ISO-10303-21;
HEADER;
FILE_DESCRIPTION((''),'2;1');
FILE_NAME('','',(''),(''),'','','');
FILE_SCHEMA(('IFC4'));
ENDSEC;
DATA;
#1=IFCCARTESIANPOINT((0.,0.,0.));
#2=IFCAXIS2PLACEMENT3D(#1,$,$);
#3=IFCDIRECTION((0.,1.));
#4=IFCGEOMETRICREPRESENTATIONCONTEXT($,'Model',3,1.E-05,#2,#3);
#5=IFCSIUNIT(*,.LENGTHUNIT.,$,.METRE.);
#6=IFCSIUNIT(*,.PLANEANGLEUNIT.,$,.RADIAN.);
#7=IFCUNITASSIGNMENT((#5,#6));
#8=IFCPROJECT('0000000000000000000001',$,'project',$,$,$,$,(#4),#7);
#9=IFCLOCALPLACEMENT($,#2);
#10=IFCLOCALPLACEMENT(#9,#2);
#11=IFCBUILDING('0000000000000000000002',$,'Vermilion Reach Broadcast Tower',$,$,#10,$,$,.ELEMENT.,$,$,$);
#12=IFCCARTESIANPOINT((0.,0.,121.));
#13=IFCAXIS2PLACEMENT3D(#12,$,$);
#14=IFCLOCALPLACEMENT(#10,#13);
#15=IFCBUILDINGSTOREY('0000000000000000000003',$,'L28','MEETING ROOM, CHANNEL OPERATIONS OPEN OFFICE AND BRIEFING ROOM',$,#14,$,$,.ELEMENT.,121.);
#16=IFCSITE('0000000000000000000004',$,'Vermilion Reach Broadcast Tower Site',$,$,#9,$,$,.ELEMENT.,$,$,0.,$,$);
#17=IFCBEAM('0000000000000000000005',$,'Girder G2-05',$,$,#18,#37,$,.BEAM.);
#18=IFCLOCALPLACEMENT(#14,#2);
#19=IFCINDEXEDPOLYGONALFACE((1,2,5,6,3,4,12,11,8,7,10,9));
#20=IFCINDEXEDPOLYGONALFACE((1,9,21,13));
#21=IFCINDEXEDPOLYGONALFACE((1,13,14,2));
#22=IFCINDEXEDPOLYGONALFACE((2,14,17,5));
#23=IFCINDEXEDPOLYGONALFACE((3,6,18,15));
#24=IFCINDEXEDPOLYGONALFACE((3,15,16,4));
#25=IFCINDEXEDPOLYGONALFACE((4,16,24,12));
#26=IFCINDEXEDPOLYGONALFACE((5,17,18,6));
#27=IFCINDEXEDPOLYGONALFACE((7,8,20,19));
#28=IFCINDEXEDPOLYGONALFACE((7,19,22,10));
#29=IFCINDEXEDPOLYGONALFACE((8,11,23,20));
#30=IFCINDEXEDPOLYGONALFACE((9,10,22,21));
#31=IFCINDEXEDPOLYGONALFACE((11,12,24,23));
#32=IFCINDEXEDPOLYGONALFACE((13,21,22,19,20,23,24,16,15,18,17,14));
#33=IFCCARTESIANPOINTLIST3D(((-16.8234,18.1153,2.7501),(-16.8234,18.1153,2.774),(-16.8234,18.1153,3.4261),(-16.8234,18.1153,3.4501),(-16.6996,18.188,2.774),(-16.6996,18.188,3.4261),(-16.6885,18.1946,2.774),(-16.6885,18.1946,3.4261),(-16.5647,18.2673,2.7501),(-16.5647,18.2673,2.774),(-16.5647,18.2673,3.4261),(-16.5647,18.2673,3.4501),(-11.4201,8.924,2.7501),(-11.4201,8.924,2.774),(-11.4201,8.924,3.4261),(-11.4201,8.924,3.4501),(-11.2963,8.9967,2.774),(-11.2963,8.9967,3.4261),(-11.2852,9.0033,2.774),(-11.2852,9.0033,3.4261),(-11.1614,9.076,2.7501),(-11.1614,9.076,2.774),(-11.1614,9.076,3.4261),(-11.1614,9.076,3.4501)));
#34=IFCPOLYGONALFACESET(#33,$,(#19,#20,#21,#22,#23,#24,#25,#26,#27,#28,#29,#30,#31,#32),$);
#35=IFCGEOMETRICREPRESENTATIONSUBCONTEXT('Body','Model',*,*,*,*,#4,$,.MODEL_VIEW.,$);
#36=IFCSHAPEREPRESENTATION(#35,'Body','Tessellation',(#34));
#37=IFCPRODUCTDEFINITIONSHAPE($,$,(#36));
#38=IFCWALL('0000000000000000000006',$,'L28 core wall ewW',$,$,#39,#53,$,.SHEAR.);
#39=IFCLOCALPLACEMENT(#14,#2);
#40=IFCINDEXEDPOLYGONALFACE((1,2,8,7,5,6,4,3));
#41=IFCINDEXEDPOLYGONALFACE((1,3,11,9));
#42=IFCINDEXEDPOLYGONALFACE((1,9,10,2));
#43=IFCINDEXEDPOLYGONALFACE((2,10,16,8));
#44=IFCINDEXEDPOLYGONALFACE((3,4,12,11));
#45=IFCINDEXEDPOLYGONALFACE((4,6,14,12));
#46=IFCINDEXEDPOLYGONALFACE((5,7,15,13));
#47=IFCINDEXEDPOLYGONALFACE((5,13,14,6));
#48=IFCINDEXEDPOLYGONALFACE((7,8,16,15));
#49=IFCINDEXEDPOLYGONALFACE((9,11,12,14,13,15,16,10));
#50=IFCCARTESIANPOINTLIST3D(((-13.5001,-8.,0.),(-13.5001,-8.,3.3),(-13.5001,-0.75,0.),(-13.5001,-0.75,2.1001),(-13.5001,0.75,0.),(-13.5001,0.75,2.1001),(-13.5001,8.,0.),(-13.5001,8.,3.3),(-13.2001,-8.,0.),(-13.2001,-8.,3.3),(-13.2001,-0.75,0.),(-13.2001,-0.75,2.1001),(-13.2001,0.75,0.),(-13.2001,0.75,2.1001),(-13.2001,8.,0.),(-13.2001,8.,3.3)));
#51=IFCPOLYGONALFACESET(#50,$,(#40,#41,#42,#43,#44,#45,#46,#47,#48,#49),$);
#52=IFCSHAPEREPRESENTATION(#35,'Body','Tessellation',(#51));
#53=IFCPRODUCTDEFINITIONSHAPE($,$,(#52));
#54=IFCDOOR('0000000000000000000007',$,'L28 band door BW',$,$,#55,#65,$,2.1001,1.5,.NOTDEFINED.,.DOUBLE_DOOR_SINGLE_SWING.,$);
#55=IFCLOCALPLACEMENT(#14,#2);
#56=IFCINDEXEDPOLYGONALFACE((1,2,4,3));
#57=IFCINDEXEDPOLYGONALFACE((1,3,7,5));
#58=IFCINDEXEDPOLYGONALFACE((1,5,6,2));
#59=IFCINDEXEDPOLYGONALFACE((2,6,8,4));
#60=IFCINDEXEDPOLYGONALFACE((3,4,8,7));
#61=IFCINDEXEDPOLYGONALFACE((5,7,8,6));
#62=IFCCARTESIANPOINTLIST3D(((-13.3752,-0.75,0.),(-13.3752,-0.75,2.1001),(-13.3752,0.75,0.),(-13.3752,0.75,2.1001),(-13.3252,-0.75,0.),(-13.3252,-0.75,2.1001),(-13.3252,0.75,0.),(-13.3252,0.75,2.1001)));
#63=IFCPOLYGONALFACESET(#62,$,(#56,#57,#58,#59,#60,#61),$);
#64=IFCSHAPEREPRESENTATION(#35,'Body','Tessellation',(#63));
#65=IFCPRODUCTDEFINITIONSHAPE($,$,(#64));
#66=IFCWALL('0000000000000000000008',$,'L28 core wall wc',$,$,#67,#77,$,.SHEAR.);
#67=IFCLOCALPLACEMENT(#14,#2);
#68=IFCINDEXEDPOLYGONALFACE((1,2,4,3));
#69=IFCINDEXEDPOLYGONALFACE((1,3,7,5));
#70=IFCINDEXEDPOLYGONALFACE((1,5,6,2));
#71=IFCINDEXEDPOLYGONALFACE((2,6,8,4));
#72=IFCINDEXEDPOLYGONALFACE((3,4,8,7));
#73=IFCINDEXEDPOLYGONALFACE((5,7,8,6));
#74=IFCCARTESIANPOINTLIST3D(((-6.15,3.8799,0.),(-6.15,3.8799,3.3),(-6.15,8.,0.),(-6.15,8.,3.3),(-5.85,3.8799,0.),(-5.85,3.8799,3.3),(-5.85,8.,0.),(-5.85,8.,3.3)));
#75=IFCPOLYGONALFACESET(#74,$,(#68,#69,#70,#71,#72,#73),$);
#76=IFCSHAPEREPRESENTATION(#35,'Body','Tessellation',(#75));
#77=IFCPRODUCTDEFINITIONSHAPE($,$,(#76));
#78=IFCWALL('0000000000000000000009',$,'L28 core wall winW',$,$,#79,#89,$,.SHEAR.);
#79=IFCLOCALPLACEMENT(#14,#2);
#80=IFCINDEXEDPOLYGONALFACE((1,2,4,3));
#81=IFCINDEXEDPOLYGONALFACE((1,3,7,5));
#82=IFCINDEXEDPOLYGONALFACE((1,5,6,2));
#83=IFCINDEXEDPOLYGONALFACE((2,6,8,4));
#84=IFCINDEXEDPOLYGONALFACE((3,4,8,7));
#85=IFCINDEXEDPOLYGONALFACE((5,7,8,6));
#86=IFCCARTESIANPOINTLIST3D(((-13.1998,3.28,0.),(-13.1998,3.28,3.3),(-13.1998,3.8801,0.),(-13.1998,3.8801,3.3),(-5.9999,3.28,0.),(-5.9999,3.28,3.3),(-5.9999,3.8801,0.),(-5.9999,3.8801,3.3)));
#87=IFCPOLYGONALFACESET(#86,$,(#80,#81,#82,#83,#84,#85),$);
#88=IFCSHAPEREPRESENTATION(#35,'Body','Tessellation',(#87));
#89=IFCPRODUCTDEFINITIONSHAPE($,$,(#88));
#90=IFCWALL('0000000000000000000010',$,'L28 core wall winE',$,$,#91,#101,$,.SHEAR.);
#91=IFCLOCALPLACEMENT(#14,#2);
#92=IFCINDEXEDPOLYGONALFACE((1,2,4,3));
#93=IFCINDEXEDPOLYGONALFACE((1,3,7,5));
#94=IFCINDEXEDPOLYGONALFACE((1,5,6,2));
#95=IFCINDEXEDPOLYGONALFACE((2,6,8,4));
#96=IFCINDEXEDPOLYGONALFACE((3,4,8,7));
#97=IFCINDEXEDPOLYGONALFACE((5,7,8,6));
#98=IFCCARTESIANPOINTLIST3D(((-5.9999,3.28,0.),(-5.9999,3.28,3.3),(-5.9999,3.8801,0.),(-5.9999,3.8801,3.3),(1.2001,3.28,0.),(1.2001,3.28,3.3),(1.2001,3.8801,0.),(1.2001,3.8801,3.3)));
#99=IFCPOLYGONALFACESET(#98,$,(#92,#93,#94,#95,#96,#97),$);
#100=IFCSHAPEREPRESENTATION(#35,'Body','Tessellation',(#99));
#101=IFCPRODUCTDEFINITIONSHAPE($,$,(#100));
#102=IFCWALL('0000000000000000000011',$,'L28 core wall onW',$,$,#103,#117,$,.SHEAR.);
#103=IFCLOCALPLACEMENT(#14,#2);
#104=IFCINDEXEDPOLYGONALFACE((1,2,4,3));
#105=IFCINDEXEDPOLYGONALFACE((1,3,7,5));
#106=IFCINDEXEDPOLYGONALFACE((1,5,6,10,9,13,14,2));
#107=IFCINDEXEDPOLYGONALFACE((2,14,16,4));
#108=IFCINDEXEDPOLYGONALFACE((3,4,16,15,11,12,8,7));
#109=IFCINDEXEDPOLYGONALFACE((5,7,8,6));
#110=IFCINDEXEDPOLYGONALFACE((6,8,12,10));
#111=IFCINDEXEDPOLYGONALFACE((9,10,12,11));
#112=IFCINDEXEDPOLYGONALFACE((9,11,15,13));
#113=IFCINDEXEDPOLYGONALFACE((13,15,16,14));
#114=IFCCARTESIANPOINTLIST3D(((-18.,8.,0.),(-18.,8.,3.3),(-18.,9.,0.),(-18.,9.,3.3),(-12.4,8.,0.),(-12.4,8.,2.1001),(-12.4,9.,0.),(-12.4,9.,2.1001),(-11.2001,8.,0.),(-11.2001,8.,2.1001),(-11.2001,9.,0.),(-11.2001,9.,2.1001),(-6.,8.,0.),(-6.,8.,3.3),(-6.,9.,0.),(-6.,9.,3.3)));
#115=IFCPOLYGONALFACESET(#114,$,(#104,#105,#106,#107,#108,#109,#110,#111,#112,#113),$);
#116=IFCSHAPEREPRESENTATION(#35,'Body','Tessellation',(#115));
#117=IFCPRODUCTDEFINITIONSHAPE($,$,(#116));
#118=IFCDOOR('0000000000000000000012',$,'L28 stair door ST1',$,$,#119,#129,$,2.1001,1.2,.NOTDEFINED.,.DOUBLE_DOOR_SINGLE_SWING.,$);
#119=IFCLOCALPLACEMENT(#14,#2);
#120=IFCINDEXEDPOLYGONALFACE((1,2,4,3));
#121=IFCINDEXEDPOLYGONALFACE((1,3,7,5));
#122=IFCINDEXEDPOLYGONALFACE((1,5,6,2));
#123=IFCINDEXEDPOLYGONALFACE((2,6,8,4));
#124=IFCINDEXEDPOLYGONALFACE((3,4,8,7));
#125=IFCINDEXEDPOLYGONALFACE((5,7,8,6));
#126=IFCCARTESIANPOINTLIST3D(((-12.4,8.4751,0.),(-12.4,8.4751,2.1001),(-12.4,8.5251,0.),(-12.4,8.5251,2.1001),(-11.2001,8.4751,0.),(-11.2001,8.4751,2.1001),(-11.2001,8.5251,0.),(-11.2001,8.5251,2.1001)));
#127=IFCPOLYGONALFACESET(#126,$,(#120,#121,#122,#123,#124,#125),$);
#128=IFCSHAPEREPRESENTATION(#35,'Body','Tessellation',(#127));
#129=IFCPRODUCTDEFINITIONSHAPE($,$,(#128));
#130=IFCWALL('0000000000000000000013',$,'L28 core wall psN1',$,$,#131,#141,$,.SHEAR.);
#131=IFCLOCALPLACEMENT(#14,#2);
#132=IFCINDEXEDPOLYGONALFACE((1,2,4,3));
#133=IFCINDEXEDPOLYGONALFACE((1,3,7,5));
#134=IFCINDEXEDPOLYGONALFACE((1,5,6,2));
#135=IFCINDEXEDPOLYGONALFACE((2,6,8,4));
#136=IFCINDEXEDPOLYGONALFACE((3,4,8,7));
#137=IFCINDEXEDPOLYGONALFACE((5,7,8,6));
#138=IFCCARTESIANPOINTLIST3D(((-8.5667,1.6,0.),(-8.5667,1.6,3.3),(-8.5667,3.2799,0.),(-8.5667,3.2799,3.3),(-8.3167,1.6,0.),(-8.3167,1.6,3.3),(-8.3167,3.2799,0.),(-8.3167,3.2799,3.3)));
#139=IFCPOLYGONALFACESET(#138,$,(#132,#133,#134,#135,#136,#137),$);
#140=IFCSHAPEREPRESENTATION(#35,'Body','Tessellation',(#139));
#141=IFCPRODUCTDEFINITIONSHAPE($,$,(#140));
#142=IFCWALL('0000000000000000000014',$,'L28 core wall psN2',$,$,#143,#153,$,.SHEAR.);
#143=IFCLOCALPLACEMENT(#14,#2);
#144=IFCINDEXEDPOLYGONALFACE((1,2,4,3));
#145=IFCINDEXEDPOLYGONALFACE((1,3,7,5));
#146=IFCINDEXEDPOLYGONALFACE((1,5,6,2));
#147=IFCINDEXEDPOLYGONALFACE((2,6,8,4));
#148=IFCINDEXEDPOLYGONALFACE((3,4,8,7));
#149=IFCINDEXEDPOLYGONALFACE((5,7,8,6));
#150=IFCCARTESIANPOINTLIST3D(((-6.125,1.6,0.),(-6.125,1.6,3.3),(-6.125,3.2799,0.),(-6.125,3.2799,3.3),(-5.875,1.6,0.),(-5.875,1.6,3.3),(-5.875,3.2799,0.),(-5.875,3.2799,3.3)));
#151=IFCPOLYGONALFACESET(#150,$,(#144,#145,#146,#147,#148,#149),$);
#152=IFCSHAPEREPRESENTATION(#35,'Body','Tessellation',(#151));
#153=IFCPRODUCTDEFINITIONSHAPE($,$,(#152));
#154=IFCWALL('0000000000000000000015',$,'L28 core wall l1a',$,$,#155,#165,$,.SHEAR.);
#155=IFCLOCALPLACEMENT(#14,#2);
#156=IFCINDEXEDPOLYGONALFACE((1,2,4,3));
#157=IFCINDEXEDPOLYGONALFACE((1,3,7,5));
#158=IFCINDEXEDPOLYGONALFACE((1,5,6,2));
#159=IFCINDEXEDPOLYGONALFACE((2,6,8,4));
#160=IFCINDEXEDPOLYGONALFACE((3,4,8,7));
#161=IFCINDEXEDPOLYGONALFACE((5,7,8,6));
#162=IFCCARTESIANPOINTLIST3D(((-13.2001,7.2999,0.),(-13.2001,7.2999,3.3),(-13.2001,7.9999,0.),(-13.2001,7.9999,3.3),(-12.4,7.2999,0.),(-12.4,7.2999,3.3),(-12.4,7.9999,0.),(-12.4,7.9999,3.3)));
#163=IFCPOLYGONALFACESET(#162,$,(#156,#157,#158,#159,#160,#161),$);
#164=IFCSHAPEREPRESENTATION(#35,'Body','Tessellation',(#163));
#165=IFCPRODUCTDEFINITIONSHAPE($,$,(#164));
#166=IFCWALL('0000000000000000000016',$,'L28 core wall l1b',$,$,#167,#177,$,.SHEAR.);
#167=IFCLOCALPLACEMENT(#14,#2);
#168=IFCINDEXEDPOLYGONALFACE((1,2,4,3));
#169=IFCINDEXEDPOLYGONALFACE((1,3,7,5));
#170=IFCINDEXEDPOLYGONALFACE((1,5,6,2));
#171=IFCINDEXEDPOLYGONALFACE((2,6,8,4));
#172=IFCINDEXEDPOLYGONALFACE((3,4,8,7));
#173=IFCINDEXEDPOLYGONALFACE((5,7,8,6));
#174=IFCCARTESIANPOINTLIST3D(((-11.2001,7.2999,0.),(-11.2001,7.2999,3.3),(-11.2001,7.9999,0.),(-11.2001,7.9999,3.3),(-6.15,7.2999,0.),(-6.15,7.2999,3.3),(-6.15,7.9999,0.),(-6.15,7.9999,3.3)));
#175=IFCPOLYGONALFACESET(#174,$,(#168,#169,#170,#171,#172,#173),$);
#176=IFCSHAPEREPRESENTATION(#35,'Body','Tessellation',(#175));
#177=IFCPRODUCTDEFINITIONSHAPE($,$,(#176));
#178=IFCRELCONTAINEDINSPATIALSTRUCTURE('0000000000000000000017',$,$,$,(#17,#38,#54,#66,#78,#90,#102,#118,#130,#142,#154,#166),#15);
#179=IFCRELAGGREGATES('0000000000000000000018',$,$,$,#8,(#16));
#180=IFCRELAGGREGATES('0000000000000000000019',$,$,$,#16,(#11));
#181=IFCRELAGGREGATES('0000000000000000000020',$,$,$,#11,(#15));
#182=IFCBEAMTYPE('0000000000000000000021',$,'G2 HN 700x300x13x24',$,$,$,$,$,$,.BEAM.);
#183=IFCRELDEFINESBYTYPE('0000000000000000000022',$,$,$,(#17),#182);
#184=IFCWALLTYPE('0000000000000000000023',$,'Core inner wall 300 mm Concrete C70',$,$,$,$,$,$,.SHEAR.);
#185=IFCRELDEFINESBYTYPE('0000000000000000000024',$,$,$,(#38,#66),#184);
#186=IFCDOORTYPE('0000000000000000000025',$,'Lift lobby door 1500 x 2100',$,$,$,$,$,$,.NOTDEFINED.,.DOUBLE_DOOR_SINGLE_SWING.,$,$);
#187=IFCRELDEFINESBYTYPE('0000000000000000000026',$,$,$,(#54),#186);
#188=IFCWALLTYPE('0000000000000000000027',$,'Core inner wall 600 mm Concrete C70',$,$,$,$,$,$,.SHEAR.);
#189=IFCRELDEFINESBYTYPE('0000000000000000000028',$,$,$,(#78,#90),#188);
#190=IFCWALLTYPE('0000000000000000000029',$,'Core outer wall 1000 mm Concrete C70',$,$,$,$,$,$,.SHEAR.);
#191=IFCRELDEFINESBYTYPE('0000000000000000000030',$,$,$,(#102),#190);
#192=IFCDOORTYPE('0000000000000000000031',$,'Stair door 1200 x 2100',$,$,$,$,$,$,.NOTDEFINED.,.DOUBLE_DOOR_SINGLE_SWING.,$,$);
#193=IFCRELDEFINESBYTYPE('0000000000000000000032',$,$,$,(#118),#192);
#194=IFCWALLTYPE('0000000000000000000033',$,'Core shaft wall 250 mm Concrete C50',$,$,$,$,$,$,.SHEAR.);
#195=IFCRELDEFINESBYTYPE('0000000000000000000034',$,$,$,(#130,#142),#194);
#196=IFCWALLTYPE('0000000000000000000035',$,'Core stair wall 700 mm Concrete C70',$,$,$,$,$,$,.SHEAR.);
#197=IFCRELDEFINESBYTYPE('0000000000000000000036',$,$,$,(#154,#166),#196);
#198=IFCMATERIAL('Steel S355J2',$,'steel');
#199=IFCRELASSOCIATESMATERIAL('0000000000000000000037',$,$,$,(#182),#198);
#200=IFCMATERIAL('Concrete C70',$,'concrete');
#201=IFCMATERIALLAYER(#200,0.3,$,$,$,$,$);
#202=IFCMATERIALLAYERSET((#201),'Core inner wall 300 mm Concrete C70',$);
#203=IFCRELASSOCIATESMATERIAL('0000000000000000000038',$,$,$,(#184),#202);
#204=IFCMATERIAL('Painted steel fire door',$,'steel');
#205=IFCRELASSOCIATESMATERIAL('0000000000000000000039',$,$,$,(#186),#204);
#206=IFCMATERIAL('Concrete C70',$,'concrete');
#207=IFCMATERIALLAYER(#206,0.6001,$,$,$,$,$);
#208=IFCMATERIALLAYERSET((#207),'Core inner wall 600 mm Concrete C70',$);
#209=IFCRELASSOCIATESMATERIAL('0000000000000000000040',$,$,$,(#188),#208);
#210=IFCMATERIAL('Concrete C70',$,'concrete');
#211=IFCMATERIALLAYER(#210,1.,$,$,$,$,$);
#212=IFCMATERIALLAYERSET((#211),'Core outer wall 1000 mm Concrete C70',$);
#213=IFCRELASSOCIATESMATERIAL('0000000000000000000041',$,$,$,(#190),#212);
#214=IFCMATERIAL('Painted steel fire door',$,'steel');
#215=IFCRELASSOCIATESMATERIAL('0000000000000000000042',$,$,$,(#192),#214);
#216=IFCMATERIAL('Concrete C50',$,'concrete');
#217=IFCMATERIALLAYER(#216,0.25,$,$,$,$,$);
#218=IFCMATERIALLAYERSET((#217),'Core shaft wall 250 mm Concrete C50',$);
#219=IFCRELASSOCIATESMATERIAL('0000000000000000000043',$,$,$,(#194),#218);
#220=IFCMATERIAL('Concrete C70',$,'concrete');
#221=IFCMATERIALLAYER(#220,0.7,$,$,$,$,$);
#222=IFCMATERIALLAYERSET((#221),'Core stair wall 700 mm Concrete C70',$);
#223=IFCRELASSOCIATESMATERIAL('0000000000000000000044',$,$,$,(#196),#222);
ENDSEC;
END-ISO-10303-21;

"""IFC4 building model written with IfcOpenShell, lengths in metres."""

from ifc_helpers import new_model, si_unit, direction, frame, frame_2d, origin, origin_2d, place, context, subcontext, project, spatial, rectangle, i_section, extrude, material, layer, layer_set, material_profile, profile_set, type_object, element, fill, save


model = new_model("IFC4")

# Units and contexts
model_context = context("Model", 3, precision=1e-05, world=origin(), true_north=direction((0.0, 1.0)))
body_context = subcontext(model_context, "Body", "Model", "MODEL_VIEW")
ifc_project = project(units=[si_unit("LENGTHUNIT", "METRE"), si_unit("PLANEANGLEUNIT", "RADIAN")], contexts=[model_context])

# Site, building, storey
site_placement = place(None, origin())
site = spatial("IfcSite", under=ifc_project, at=site_placement, Name="Vermilion Reach Broadcast Tower Site", CompositionType="ELEMENT", RefElevation=0.0)
building_placement = place(site_placement, origin())
building = spatial("IfcBuilding", under=site, at=building_placement, Name="Vermilion Reach Broadcast Tower", CompositionType="ELEMENT")
storey_placement = place(building_placement, frame((0.0, 0.0, 121.0)))
storey = spatial("IfcBuildingStorey", under=building, at=storey_placement, Name="L28", Description="MEETING ROOM, CHANNEL OPERATIONS OPEN OFFICE AND BRIEFING ROOM", CompositionType="ELEMENT", Elevation=121.0)

# Beam
ifc_material_1 = material(Name="Steel S355J2", Category="steel")
ifc_material_profile = material_profile(ifc_material_1, i_section(OverallWidth=0.3, OverallDepth=0.7, WebThickness=0.0129, FlangeThickness=0.0239, at=origin_2d()), Name="S355J2 HN 700x300x13x24")
ifc_profile_set = profile_set([ifc_material_profile], Name="Steel S355J2")
beam_type = type_object("IfcBeamType", Name="G2 HN 700x300x13x24", PredefinedType="BEAM", material=ifc_profile_set)
beam_placement = place(storey_placement, frame((-11.2908, 9.0, 3.1001), z_axis=(-0.506784, 0.862073, 0.0), x_axis=(-0.862073, -0.506784, 0.0)))
element("IfcBeam", 1, at=beam_placement, inside=storey, type_object=beam_type, Name="Girder G2-05", PredefinedType="BEAM", context=body_context, shape_type="SweptSolid", body=[
    extrude(i_section(OverallWidth=0.3, OverallDepth=0.7, WebThickness=0.0129, FlangeThickness=0.0239, at=origin_2d()), origin(), (0.0, 0.0, 1.0), 10.6619),
])

# Wall, opening, door
ifc_material_2 = material(Name="Concrete C70", Category="concrete")
ifc_layer_1 = layer(ifc_material_2, 0.3)
ifc_layer_set_1 = layer_set([ifc_layer_1], Name="Core inner wall 300 mm Concrete C70")
wall_type_1 = type_object("IfcWallType", Name="Core inner wall 300 mm Concrete C70", PredefinedType="SHEAR", material=ifc_layer_set_1)
wall_1_placement = place(storey_placement, frame((-13.3501, 8.0, 0.0), z_axis=(0.0, 0.0, 1.0), x_axis=(0.0, -1.0, 0.0)))
wall_1 = element("IfcWall", 2, at=wall_1_placement, inside=storey, type_object=wall_type_1, Name="L28 core wall ewW", PredefinedType="SHEAR", context=body_context, shape_type="SweptSolid", body=[
    extrude(rectangle(XDim=16.0, YDim=0.3, at=frame_2d((8.0, 0.0))), origin(), (0.0, 0.0, 1.0), 3.3),
])
opening_1_placement = place(wall_1_placement, frame((7.25, 0.0, 0.0)))
opening_1 = element("IfcOpeningElement", 3, at=opening_1_placement, cuts=wall_1, PredefinedType="OPENING", context=body_context, shape_type="SweptSolid", body=[
    extrude(rectangle(XDim=1.5, YDim=2.1001, at=frame_2d((0.75, 1.05))), frame((0.0, 0.1599, 0.0), z_axis=(0.0, -1.0, 0.0), x_axis=(1.0, 0.0, 0.0)), (0.0, 0.0, 1.0), 0.3201),
])
ifc_material_3 = material(Name="Painted steel fire door", Category="steel")
door_type_1 = type_object("IfcDoorType", Name="Lift lobby door 1500 x 2100", OperationType="DOUBLE_DOOR_SINGLE_SWING", PredefinedType="NOTDEFINED", material=ifc_material_3)
door_1_placement = place(opening_1_placement, origin())
door_1 = element("IfcDoor", 4, at=door_1_placement, inside=storey, type_object=door_type_1, Name="L28 band door BW", OperationType="DOUBLE_DOOR_SINGLE_SWING", OverallHeight=2.1001, OverallWidth=1.5, PredefinedType="NOTDEFINED", context=body_context, shape_type="SweptSolid", body=[
    extrude(rectangle(XDim=1.5, YDim=2.1001, at=frame_2d((0.75, 1.05))), frame((0.0, 0.0249, 0.0), z_axis=(0.0, -1.0, 0.0), x_axis=(1.0, 0.0, 0.0)), (0.0, 0.0, 1.0), 0.05),
])
fill(opening_1, door_1)

# Walls
wall_2_placement = place(storey_placement, frame((-6.0, 3.8799, 0.0), z_axis=(0.0, 0.0, 1.0), x_axis=(0.0, 1.0, 0.0)))
element("IfcWall", 5, at=wall_2_placement, inside=storey, type_object=wall_type_1, Name="L28 core wall wc", PredefinedType="SHEAR", context=body_context, shape_type="SweptSolid", body=[
    extrude(rectangle(XDim=4.1201, YDim=0.3, at=frame_2d((2.0601, 0.0))), origin(), (0.0, 0.0, 1.0), 3.3),
])
ifc_material_4 = material(Name="Concrete C70", Category="concrete")
ifc_layer_2 = layer(ifc_material_4, 0.6001)
ifc_layer_set_2 = layer_set([ifc_layer_2], Name="Core inner wall 600 mm Concrete C70")
wall_type_2 = type_object("IfcWallType", Name="Core inner wall 600 mm Concrete C70", PredefinedType="SHEAR", material=ifc_layer_set_2)
for number, where, z_axis, x_axis, name in (
    (6, (-13.2, 3.5801, 0.0), (0.0, 0.0, 1.0), (1.0, 0.0, 0.0), "L28 core wall winW"),
    (7, (-6.0, 3.5801, 0.0), (0.0, 0.0, 1.0), (1.0, 0.0, 0.0), "L28 core wall winE"),
):
    element("IfcWall", number, at=place(storey_placement, frame(where, z_axis=z_axis, x_axis=x_axis)), inside=storey, type_object=wall_type_2, Name=name, PredefinedType="SHEAR", context=body_context, shape_type="SweptSolid", body=[
        extrude(rectangle(XDim=7.2, YDim=0.6001, at=frame_2d((3.6001, 0.0))), origin(), (0.0, 0.0, 1.0), 3.3),
    ])

# Wall, opening, door
ifc_material_5 = material(Name="Concrete C70", Category="concrete")
ifc_layer_3 = layer(ifc_material_5, 1.0)
ifc_layer_set_3 = layer_set([ifc_layer_3], Name="Core outer wall 1000 mm Concrete C70")
wall_type_3 = type_object("IfcWallType", Name="Core outer wall 1000 mm Concrete C70", PredefinedType="SHEAR", material=ifc_layer_set_3)
wall_3_placement = place(storey_placement, frame((-6.0, 8.5, 0.0), z_axis=(0.0, 0.0, 1.0), x_axis=(-1.0, 0.0, 0.0)))
wall_3 = element("IfcWall", 8, at=wall_3_placement, inside=storey, type_object=wall_type_3, Name="L28 core wall onW", PredefinedType="SHEAR", context=body_context, shape_type="SweptSolid", body=[
    extrude(rectangle(XDim=12.0, YDim=1.0, at=frame_2d((6.0, 0.0))), origin(), (0.0, 0.0, 1.0), 3.3),
])
opening_2_placement = place(wall_3_placement, frame((5.2, 0.0, 0.0)))
opening_2 = element("IfcOpeningElement", 9, at=opening_2_placement, cuts=wall_3, PredefinedType="OPENING", context=body_context, shape_type="SweptSolid", body=[
    extrude(rectangle(XDim=1.2, YDim=2.1001, at=frame_2d((0.6001, 1.05))), frame((0.0, 0.51, 0.0), z_axis=(0.0, -1.0, 0.0), x_axis=(1.0, 0.0, 0.0)), (0.0, 0.0, 1.0), 1.02),
])
ifc_material_6 = material(Name="Painted steel fire door", Category="steel")
door_type_2 = type_object("IfcDoorType", Name="Stair door 1200 x 2100", OperationType="DOUBLE_DOOR_SINGLE_SWING", PredefinedType="NOTDEFINED", material=ifc_material_6)
door_2_placement = place(opening_2_placement, origin())
door_2 = element("IfcDoor", 10, at=door_2_placement, inside=storey, type_object=door_type_2, Name="L28 stair door ST1", OperationType="DOUBLE_DOOR_SINGLE_SWING", OverallHeight=2.1001, OverallWidth=1.2, PredefinedType="NOTDEFINED", context=body_context, shape_type="SweptSolid", body=[
    extrude(rectangle(XDim=1.2, YDim=2.1001, at=frame_2d((0.6001, 1.05))), frame((0.0, 0.0249, 0.0), z_axis=(0.0, -1.0, 0.0), x_axis=(1.0, 0.0, 0.0)), (0.0, 0.0, 1.0), 0.05),
])
fill(opening_2, door_2)

# Walls
ifc_material_7 = material(Name="Concrete C50", Category="concrete")
ifc_layer_4 = layer(ifc_material_7, 0.25)
ifc_layer_set_4 = layer_set([ifc_layer_4], Name="Core shaft wall 250 mm Concrete C50")
wall_type_4 = type_object("IfcWallType", Name="Core shaft wall 250 mm Concrete C50", PredefinedType="SHEAR", material=ifc_layer_set_4)
for number, where, z_axis, x_axis, name in (
    (11, (-8.4417, 1.6001, 0.0), (0.0, 0.0, 1.0), (0.0, 1.0, 0.0), "L28 core wall psN1"),
    (12, (-6.0, 1.6001, 0.0), (0.0, 0.0, 1.0), (0.0, 1.0, 0.0), "L28 core wall psN2"),
):
    element("IfcWall", number, at=place(storey_placement, frame(where, z_axis=z_axis, x_axis=x_axis)), inside=storey, type_object=wall_type_4, Name=name, PredefinedType="SHEAR", context=body_context, shape_type="SweptSolid", body=[
        extrude(rectangle(XDim=1.6799, YDim=0.25, at=frame_2d((0.8398, 0.0))), origin(), (0.0, 0.0, 1.0), 3.3),
    ])
ifc_material_8 = material(Name="Concrete C70", Category="concrete")
ifc_layer_5 = layer(ifc_material_8, 0.7)
ifc_layer_set_5 = layer_set([ifc_layer_5], Name="Core stair wall 700 mm Concrete C70")
wall_type_5 = type_object("IfcWallType", Name="Core stair wall 700 mm Concrete C70", PredefinedType="SHEAR", material=ifc_layer_set_5)
wall_4_placement = place(storey_placement, frame((-13.2, 7.6499, 0.0), z_axis=(0.0, 0.0, 1.0), x_axis=(1.0, 0.0, 0.0)))
element("IfcWall", 13, at=wall_4_placement, inside=storey, type_object=wall_type_5, Name="L28 core wall l1a", PredefinedType="SHEAR", context=body_context, shape_type="SweptSolid", body=[
    extrude(rectangle(XDim=0.8, YDim=0.7, at=frame_2d((0.3999, 0.0))), origin(), (0.0, 0.0, 1.0), 3.3),
])
wall_5_placement = place(storey_placement, frame((-11.2, 7.6499, 0.0), z_axis=(0.0, 0.0, 1.0), x_axis=(1.0, 0.0, 0.0)))
element("IfcWall", 14, at=wall_5_placement, inside=storey, type_object=wall_type_5, Name="L28 core wall l1b", PredefinedType="SHEAR", context=body_context, shape_type="SweptSolid", body=[
    extrude(rectangle(XDim=5.05, YDim=0.7, at=frame_2d((2.5249, 0.0))), origin(), (0.0, 0.0, 1.0), 3.3),
])

save(model, "model.ifc")
